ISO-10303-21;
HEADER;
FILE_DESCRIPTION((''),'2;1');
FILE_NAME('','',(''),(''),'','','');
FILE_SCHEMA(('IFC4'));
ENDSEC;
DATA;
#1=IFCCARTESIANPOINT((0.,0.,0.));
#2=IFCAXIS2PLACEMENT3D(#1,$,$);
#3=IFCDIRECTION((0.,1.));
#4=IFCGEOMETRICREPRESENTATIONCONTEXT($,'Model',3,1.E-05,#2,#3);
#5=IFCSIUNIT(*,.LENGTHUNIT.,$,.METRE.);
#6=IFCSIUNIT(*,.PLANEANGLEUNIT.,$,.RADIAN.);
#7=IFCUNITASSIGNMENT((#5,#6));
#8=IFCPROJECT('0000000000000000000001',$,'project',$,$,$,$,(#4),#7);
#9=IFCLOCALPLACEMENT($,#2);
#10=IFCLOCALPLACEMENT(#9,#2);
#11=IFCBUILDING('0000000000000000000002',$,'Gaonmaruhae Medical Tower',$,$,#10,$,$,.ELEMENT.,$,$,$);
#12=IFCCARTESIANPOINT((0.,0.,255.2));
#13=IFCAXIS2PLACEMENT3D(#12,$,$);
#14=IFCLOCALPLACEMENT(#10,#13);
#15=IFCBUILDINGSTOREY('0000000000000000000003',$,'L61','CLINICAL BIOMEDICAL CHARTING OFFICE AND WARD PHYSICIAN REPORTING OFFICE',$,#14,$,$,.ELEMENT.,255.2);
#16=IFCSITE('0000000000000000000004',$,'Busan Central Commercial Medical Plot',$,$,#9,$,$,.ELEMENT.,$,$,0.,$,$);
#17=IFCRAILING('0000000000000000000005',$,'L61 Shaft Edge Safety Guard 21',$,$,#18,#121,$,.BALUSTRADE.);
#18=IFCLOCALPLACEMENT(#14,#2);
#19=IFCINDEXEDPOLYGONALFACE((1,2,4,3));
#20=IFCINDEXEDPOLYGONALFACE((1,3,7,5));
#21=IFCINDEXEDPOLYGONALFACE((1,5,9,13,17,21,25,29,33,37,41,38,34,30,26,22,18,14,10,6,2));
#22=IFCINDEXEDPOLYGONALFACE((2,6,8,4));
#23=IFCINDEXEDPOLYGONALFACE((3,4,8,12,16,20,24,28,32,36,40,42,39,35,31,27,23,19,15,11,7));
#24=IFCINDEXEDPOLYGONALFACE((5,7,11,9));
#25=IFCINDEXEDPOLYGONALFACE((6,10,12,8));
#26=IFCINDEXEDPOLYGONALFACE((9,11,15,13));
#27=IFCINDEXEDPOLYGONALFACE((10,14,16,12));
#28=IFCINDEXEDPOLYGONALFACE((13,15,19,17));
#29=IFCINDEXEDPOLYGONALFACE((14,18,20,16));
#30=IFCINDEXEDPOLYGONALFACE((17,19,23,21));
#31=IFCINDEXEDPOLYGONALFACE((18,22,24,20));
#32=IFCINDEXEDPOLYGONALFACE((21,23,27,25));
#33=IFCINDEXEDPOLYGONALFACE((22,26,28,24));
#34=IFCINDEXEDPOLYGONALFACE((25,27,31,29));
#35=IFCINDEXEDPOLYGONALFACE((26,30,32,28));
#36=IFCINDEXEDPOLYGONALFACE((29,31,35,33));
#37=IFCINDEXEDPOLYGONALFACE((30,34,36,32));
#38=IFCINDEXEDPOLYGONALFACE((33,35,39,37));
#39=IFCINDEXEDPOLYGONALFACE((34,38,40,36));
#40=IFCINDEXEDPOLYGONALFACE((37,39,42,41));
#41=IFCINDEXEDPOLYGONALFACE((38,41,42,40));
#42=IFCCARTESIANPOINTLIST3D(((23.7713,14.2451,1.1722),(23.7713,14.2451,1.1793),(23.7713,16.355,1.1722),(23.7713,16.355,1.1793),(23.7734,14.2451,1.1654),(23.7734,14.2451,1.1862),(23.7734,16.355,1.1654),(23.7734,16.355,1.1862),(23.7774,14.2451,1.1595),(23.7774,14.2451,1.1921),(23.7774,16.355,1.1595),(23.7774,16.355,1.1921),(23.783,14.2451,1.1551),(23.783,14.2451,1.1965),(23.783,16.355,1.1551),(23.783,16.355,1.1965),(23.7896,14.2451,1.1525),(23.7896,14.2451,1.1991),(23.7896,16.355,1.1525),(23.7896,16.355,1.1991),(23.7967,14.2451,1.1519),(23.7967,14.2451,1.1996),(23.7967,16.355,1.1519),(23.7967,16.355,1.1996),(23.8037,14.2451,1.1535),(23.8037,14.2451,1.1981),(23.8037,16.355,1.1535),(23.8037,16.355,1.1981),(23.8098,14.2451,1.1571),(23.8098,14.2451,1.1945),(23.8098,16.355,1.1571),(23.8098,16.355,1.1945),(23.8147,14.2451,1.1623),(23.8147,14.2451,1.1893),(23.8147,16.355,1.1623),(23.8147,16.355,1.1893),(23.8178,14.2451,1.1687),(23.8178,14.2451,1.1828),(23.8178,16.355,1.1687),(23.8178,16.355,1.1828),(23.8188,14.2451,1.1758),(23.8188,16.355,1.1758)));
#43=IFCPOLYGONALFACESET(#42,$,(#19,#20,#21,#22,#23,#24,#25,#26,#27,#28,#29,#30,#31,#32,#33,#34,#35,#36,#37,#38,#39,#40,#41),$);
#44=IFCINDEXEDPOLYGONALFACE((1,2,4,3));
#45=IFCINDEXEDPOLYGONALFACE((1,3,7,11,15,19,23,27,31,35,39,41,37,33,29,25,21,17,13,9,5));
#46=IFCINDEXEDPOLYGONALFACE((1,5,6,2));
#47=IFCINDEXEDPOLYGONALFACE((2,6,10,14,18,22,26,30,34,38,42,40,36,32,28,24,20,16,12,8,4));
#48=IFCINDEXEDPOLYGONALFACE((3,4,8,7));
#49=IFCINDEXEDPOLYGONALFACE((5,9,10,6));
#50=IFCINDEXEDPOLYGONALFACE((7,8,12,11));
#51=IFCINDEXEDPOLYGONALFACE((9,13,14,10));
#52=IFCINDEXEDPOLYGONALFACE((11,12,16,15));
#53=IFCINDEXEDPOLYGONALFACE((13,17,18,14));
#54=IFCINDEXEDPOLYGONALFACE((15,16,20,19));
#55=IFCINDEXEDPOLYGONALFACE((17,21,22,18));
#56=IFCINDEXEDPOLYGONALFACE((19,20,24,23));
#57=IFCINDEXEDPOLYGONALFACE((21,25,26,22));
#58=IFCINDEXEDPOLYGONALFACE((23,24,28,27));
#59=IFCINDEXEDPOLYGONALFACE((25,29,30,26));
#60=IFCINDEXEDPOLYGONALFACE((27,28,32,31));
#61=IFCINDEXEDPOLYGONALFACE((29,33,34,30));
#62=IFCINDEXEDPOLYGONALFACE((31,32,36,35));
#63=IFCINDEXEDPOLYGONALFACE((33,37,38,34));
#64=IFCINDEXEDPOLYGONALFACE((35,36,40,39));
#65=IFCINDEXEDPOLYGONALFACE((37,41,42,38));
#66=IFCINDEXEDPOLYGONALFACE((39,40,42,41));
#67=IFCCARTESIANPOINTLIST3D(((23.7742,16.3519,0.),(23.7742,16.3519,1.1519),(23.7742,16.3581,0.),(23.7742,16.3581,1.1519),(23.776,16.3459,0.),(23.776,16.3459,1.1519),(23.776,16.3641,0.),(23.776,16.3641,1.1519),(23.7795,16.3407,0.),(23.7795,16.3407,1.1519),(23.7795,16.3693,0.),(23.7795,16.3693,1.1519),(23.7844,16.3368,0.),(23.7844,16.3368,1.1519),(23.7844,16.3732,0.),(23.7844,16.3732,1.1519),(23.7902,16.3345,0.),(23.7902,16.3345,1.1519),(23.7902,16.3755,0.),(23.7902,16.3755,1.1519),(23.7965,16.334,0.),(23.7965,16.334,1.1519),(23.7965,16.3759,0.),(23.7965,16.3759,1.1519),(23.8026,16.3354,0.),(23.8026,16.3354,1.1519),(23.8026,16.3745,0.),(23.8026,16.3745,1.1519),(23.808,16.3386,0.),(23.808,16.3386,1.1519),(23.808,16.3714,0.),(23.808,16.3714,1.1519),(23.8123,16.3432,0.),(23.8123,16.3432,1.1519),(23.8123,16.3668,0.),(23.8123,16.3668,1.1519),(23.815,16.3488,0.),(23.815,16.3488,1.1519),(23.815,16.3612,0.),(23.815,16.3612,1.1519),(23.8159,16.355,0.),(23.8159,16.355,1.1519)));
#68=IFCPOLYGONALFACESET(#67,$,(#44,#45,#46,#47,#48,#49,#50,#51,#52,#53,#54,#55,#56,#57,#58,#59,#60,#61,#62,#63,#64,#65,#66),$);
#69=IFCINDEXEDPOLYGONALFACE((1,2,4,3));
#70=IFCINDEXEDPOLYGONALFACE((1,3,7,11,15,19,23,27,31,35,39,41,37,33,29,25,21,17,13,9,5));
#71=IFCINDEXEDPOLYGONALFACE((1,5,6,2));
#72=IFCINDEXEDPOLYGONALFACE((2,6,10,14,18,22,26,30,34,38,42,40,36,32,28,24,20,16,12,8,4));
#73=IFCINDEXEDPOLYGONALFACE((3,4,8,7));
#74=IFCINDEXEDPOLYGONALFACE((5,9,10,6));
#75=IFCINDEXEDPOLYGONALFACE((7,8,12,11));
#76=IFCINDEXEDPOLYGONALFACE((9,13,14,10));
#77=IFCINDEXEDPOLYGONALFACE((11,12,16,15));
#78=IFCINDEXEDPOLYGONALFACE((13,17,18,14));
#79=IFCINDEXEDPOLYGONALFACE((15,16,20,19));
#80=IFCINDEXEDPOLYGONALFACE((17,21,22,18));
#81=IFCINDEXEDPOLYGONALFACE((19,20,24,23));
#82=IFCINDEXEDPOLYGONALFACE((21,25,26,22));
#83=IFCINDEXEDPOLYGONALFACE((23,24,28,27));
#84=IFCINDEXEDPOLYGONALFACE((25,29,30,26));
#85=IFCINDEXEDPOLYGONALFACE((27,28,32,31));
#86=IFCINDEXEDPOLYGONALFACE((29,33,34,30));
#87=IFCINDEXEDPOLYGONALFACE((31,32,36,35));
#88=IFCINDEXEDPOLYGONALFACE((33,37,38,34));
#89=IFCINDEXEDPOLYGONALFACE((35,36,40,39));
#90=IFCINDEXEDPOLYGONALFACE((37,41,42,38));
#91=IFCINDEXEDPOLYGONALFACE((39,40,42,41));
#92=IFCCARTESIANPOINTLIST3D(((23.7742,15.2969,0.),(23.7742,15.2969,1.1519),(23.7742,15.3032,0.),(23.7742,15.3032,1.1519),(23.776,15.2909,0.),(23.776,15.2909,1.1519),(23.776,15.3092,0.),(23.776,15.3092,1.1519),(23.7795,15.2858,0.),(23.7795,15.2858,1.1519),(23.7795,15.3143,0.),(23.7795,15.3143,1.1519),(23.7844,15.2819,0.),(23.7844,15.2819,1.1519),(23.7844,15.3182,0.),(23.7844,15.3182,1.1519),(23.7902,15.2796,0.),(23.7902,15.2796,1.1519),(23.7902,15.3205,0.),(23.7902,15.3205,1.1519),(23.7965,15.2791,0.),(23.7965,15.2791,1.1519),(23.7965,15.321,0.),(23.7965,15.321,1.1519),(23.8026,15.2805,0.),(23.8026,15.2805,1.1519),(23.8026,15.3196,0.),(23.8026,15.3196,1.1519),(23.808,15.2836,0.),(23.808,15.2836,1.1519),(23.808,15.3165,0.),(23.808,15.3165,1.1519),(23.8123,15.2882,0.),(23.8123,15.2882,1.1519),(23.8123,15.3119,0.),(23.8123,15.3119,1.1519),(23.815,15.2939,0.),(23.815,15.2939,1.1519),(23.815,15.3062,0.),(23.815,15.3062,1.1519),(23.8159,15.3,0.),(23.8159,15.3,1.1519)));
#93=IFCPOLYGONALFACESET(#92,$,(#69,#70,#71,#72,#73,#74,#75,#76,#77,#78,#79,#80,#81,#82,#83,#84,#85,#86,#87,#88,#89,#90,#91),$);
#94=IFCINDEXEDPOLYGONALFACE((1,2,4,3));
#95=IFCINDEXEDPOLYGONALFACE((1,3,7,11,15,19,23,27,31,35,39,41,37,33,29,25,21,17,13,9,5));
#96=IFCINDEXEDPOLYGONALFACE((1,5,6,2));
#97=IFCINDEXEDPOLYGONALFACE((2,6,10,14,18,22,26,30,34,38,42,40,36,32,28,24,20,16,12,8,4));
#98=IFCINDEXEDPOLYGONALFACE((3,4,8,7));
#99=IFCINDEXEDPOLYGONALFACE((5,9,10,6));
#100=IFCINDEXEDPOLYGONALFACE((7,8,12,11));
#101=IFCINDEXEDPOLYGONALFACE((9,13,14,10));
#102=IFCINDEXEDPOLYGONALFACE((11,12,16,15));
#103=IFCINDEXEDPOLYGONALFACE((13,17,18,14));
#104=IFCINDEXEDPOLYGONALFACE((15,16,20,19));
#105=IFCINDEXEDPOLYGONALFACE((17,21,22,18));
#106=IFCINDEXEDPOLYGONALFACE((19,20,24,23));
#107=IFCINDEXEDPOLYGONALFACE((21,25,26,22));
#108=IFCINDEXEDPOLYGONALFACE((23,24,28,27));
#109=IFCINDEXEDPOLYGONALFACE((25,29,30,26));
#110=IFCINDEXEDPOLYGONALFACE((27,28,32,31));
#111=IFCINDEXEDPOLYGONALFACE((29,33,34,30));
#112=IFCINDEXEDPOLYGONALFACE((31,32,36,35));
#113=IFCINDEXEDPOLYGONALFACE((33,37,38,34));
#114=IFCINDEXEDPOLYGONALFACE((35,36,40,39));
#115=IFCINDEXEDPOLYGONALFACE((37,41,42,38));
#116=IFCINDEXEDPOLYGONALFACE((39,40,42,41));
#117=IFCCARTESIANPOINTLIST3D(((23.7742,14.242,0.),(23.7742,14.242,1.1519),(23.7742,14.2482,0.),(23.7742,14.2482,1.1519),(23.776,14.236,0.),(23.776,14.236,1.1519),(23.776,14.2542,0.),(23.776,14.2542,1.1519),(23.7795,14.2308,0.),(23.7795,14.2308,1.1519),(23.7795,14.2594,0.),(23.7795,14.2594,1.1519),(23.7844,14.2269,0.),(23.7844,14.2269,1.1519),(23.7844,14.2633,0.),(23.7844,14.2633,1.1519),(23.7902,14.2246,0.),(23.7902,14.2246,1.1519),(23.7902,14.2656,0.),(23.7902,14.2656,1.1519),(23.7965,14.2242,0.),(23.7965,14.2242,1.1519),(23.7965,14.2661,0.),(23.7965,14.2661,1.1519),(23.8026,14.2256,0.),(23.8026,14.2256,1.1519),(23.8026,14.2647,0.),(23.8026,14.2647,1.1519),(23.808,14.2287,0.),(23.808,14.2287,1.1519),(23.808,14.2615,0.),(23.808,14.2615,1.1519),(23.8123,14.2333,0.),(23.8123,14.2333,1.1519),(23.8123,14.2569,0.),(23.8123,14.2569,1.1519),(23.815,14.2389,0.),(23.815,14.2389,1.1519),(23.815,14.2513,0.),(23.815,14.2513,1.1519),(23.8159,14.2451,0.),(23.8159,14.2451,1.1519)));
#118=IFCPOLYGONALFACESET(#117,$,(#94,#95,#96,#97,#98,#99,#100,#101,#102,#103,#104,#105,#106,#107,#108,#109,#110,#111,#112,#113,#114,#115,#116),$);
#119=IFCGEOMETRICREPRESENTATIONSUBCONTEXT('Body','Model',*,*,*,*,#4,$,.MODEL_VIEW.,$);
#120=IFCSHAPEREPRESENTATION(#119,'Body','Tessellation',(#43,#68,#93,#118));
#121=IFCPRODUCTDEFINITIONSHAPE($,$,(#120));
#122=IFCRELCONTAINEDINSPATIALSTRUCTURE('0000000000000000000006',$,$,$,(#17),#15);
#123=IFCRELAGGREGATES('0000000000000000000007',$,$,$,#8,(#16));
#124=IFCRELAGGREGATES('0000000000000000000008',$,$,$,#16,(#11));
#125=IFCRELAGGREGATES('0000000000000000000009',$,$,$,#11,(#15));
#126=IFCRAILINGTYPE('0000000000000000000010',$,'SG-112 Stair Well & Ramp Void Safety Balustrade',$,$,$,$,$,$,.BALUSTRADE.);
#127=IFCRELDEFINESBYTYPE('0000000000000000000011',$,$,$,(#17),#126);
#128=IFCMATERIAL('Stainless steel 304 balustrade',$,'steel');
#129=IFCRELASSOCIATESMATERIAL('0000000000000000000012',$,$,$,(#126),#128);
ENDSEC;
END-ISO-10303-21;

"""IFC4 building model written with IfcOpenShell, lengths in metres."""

from ifc_helpers import new_model, si_unit, direction, frame, origin, origin_2d, place, context, subcontext, project, spatial, circle, extrude, material, type_object, element, save


model = new_model("IFC4")

# Units and contexts
model_context = context("Model", 3, precision=1e-05, world=origin(), true_north=direction((0.0, 1.0)))
body_context = subcontext(model_context, "Body", "Model", "MODEL_VIEW")
ifc_project = project(units=[si_unit("LENGTHUNIT", "METRE"), si_unit("PLANEANGLEUNIT", "RADIAN")], contexts=[model_context])

# Site, building, storey
site_placement = place(None, origin())
site = spatial("IfcSite", under=ifc_project, at=site_placement, Name="Busan Central Commercial Medical Plot", CompositionType="ELEMENT", RefElevation=0.0)
building_placement = place(site_placement, origin())
building = spatial("IfcBuilding", under=site, at=building_placement, Name="Gaonmaruhae Medical Tower", CompositionType="ELEMENT")
storey_placement = place(building_placement, frame((0.0, 0.0, 255.2)))
storey = spatial("IfcBuildingStorey", under=building, at=storey_placement, Name="L61", Description="CLINICAL BIOMEDICAL CHARTING OFFICE AND WARD PHYSICIAN REPORTING OFFICE", CompositionType="ELEMENT", Elevation=255.2)

# Railing
ifc_material_1 = material(Name="Stainless steel 304 balustrade", Category="steel")
railing_type = type_object("IfcRailingType", Name="SG-112 Stair Well & Ramp Void Safety Balustrade", PredefinedType="BALUSTRADE", material=ifc_material_1)
railing_1_placement = place(storey_placement, frame((23.7949, 16.355, 0.0)))
element("IfcRailing", 1, at=railing_1_placement, inside=storey, type_object=railing_type, Name="L61 Shaft Edge Safety Guard 21", PredefinedType="BALUSTRADE", context=body_context, shape_type="SweptSolid", body=[
    extrude(circle(Radius=0.0239, at=origin_2d()), frame((0.0, 0.0, 1.1758), z_axis=(0.0, -1.0, 0.0), x_axis=(1.0, 0.0, 0.0)), (0.0, 0.0, 1.0), 2.1099),
    extrude(circle(Radius=0.021, at=origin_2d()), origin(), (0.0, 0.0, 1.0), 1.1519),
    extrude(circle(Radius=0.021, at=origin_2d()), frame((0.0, -1.0549, 0.0)), (0.0, 0.0, 1.0), 1.1519),
    extrude(circle(Radius=0.021, at=origin_2d()), frame((0.0, -2.1099, 0.0)), (0.0, 0.0, 1.0), 1.1519),
])

save(model, "model.ifc")
